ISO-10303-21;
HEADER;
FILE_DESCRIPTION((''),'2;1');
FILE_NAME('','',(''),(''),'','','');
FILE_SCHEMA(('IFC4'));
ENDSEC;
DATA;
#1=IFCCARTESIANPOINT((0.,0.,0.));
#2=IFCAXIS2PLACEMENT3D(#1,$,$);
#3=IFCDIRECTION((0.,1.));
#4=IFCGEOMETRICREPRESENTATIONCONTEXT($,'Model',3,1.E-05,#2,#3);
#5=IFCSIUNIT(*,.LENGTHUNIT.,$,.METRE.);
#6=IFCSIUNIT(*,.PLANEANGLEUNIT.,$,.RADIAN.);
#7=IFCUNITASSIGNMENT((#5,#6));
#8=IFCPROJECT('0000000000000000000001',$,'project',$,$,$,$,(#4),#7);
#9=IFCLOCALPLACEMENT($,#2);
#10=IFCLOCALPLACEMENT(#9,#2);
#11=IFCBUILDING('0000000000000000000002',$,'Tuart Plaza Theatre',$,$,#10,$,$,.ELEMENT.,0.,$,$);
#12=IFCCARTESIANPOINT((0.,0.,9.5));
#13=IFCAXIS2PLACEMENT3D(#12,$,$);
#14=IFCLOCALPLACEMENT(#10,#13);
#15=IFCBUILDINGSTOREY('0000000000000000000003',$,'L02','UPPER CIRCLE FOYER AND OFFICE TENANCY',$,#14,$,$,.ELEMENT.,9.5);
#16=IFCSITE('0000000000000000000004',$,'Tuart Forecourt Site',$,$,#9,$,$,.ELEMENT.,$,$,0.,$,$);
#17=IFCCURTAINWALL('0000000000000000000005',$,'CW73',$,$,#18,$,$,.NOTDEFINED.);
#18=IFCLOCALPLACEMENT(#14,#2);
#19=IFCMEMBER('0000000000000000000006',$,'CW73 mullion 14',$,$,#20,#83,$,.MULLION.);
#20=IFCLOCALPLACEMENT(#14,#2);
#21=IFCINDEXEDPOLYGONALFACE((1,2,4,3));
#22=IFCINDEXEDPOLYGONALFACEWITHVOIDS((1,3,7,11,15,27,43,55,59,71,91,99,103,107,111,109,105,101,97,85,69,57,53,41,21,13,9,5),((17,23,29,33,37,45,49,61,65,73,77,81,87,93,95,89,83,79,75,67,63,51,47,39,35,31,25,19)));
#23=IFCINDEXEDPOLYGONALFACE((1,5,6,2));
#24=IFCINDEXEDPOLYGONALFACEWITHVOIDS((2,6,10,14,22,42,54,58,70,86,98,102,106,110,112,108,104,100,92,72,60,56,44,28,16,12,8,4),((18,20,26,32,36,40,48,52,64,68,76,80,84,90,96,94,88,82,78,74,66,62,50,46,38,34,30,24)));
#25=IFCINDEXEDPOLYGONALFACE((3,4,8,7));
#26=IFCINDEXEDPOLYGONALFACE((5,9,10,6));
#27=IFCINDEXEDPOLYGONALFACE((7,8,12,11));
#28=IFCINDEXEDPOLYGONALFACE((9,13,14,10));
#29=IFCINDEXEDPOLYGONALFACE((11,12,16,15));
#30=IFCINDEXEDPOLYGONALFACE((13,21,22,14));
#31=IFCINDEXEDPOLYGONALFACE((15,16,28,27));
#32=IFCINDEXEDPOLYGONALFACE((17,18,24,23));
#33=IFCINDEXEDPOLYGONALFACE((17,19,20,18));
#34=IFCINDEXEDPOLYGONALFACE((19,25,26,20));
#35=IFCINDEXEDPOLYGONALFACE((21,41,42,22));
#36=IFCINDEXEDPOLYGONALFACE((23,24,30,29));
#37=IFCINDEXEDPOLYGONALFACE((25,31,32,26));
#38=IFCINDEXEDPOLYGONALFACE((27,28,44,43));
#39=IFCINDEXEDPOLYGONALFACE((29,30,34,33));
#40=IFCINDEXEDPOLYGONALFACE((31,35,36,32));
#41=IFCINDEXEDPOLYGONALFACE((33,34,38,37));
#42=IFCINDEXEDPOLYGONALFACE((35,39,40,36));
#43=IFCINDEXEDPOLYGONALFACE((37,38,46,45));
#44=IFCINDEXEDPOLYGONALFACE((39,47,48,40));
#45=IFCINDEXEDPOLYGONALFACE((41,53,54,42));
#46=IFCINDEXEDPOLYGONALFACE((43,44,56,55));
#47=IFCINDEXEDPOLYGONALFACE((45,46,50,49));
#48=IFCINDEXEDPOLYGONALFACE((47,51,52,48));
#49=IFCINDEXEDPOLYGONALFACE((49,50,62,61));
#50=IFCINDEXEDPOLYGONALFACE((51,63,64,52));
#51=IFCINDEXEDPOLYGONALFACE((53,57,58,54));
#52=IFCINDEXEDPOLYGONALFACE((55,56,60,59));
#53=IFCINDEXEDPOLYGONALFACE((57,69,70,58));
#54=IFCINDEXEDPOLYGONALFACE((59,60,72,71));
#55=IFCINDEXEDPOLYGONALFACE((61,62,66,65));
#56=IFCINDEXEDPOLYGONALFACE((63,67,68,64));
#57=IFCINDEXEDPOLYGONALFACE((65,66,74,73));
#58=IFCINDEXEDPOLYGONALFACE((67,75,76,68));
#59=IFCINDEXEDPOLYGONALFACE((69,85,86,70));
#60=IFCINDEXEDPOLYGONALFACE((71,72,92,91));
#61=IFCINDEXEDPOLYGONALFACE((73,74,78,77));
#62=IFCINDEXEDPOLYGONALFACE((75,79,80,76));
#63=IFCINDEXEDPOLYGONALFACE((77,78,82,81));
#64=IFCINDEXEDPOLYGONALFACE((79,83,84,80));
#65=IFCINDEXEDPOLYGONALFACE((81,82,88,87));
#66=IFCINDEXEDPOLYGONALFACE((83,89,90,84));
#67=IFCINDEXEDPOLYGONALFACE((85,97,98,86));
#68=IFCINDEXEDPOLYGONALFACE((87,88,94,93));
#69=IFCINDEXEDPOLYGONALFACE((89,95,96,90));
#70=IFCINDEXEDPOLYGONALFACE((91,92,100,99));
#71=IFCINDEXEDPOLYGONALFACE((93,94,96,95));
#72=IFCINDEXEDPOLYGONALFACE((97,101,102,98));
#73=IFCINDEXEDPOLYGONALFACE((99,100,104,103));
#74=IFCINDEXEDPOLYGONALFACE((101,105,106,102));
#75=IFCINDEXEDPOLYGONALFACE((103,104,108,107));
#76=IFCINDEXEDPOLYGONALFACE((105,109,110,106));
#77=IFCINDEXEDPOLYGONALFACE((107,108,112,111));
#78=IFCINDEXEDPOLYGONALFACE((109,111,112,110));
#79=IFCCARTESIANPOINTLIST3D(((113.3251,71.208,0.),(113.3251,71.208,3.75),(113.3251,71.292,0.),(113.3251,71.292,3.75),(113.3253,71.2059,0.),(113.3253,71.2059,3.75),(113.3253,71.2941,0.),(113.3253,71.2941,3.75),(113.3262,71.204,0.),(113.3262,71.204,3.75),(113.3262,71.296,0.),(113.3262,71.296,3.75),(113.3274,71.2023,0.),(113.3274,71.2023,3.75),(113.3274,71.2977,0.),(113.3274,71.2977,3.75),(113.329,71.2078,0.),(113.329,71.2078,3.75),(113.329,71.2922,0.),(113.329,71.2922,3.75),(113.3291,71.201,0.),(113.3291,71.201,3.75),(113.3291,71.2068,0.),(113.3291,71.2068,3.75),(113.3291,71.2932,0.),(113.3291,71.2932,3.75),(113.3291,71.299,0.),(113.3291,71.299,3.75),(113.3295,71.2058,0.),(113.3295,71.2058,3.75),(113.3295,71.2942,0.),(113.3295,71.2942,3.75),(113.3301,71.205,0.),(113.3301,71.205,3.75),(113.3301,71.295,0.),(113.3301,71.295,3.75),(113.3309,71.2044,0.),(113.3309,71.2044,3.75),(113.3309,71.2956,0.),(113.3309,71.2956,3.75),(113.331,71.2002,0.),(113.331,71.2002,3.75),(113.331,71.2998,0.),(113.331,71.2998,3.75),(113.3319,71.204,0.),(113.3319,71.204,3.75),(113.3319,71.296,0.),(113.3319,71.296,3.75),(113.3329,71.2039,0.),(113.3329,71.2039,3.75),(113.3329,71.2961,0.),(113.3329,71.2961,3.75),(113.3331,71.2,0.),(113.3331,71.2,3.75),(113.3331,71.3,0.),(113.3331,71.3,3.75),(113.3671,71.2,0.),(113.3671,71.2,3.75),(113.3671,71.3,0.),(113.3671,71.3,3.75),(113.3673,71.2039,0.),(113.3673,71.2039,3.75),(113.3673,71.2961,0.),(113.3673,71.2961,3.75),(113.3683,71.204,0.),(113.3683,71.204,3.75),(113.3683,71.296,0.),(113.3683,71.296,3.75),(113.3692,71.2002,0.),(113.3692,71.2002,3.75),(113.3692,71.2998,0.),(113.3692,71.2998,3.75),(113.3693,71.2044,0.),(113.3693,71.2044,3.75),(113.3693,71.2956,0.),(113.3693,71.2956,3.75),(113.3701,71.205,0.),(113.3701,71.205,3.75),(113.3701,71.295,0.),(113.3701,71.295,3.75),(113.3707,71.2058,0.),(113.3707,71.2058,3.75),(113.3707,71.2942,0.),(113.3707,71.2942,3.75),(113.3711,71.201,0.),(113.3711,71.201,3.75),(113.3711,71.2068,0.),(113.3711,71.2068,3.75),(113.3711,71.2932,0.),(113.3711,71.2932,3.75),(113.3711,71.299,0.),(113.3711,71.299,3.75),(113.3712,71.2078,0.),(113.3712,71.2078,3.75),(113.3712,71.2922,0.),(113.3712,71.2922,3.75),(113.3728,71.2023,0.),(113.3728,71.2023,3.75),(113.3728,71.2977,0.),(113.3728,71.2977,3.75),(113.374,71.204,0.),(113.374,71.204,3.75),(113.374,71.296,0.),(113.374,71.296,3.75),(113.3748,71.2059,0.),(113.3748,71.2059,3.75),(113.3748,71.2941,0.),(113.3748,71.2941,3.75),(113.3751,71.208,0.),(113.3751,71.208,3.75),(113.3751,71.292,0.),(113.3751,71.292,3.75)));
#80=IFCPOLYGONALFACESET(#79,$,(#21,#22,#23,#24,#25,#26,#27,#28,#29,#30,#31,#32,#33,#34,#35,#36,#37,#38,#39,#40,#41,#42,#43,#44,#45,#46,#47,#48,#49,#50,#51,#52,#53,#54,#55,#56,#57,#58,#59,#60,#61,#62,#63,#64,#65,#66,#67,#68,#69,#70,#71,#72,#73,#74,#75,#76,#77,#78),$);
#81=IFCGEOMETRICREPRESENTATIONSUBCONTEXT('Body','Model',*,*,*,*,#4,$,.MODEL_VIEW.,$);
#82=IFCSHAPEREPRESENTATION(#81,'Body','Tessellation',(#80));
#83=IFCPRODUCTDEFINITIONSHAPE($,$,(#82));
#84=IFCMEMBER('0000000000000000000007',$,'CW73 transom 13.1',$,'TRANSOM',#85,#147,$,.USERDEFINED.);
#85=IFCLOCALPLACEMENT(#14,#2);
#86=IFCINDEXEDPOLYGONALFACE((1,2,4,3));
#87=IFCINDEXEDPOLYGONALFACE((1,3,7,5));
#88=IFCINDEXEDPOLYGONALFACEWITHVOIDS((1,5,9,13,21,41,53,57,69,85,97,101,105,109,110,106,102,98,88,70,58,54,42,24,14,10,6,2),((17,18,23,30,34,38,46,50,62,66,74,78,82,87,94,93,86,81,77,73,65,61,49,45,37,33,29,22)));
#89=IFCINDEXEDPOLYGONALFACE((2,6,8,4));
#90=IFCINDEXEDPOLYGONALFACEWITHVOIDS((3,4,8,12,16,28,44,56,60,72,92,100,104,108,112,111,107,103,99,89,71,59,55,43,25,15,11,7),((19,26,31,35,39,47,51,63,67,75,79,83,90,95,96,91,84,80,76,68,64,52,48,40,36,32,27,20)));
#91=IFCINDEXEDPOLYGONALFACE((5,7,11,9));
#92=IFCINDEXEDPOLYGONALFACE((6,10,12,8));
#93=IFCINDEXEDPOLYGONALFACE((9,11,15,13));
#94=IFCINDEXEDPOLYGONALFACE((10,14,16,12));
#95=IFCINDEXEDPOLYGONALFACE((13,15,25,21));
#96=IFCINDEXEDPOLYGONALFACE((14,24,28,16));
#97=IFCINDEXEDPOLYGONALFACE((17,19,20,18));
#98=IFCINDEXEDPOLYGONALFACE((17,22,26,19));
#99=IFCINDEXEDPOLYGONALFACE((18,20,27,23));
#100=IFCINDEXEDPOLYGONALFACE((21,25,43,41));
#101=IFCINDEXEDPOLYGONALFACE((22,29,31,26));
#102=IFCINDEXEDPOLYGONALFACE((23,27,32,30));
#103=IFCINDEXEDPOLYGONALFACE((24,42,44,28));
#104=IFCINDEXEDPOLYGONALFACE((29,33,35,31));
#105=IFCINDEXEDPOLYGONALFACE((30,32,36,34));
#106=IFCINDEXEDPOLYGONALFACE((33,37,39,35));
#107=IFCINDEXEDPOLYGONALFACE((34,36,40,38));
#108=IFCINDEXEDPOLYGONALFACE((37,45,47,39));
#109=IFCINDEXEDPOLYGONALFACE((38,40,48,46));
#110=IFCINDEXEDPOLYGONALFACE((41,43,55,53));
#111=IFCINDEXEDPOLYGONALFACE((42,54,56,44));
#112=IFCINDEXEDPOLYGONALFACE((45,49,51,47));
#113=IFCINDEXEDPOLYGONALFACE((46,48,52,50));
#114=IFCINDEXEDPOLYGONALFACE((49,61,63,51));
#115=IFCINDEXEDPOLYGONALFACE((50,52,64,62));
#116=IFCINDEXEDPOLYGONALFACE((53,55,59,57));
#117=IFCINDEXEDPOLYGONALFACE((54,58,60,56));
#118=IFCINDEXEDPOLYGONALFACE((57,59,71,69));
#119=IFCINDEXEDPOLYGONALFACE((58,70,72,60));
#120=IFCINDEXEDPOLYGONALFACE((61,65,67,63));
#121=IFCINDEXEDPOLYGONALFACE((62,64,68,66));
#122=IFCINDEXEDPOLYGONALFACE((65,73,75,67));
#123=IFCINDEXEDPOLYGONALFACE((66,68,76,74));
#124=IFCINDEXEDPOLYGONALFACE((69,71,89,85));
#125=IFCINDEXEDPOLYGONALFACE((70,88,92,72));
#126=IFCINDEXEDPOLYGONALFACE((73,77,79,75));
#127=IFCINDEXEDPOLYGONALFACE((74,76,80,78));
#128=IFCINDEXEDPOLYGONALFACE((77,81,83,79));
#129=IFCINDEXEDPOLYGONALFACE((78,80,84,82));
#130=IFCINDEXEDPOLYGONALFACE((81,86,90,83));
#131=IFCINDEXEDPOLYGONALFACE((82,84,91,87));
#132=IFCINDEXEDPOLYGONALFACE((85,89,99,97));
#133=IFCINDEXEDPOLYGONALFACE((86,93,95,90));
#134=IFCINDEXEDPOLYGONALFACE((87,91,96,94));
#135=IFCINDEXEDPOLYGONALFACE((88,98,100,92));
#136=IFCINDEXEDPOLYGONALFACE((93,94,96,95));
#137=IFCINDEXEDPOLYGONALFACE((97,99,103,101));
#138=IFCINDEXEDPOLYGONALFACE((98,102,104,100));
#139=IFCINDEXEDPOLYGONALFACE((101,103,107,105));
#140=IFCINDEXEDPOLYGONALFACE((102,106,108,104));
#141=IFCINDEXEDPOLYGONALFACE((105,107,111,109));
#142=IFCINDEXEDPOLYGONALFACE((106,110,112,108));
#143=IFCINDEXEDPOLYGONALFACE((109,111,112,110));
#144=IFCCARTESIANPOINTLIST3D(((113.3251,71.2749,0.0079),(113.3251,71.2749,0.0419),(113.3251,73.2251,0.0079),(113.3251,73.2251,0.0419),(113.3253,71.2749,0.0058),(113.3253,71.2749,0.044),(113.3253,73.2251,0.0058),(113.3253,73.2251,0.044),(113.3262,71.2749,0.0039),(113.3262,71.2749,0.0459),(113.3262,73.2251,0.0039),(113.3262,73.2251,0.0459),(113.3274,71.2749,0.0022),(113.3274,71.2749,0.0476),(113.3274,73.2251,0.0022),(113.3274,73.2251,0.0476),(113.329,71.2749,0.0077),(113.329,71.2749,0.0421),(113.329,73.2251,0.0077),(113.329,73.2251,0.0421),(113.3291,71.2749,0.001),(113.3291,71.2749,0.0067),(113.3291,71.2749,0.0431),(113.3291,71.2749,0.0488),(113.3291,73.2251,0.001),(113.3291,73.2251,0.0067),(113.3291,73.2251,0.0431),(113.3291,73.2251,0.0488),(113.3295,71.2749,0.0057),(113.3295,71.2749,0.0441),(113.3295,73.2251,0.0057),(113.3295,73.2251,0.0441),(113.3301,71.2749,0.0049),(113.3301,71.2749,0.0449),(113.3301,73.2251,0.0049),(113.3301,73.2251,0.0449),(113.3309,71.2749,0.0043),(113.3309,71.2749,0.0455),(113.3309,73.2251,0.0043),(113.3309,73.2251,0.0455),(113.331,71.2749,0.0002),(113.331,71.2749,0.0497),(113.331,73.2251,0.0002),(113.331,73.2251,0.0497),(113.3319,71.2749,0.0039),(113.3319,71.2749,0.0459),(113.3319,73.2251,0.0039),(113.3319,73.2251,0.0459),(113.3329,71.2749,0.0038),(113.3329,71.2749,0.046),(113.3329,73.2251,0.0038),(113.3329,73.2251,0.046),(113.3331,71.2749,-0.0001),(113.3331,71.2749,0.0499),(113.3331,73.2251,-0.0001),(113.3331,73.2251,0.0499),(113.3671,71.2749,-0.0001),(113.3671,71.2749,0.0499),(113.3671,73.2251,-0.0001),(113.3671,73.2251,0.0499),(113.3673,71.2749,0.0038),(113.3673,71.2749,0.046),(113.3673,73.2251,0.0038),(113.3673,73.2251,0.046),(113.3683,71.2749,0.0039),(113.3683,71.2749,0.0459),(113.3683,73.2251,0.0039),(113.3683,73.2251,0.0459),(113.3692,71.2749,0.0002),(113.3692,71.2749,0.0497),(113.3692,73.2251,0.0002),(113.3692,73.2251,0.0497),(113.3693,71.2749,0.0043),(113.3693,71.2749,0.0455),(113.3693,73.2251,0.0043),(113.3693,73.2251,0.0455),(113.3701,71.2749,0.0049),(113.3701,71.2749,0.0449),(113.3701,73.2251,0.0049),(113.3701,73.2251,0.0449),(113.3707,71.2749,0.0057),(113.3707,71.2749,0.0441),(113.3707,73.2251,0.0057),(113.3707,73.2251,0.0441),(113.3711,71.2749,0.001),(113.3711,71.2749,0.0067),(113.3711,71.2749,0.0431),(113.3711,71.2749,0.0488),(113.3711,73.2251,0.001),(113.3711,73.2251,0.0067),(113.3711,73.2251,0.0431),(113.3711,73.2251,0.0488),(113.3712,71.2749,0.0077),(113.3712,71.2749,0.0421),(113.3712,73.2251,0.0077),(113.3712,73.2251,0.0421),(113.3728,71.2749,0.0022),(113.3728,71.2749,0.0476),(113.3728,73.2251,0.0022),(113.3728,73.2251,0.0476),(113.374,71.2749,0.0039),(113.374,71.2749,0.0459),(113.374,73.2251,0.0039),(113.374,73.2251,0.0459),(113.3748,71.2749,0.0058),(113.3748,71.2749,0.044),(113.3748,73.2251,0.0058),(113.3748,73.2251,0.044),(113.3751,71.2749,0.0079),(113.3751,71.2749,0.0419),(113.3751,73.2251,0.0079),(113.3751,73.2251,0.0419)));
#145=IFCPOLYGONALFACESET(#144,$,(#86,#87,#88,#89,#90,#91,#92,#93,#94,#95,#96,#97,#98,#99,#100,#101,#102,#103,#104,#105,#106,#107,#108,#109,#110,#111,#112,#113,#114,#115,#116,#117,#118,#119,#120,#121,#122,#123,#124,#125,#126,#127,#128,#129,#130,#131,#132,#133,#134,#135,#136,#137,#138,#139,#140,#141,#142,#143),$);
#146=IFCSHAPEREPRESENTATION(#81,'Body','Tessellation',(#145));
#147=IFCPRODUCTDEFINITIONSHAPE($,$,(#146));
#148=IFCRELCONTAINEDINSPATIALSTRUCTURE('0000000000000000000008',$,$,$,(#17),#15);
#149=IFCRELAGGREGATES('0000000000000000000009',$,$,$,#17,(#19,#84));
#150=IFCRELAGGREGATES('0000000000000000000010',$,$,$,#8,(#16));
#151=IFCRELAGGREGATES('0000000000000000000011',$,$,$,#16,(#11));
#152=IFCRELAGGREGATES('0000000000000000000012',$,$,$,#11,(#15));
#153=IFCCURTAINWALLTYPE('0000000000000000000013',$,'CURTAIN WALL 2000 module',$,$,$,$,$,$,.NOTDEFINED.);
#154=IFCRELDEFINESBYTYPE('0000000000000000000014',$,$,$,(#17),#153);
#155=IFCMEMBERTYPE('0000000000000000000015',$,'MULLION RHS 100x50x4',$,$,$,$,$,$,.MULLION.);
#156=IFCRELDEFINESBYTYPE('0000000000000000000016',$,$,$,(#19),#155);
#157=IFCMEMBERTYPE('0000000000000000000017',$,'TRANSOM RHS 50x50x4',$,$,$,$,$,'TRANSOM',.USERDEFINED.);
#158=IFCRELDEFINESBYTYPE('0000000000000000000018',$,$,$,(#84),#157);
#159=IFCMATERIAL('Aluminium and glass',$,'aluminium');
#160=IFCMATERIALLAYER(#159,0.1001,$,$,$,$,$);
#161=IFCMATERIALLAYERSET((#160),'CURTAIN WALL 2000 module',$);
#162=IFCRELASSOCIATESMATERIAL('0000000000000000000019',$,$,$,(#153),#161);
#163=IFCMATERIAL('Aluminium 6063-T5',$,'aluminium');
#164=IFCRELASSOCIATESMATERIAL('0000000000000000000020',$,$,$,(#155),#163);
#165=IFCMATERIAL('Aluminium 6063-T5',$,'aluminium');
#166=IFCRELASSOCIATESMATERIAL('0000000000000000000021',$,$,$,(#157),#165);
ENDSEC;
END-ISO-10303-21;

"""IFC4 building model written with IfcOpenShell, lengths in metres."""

from ifc_helpers import new_model, si_unit, direction, frame, origin, origin_2d, place, context, subcontext, project, spatial, hollow_rectangle, extrude, material, layer, layer_set, material_profile, profile_set, type_object, element, aggregate, save


model = new_model("IFC4")

# Units and contexts
model_context = context("Model", 3, precision=1e-05, world=origin(), true_north=direction((0.0, 1.0)))
body_context = subcontext(model_context, "Body", "Model", "MODEL_VIEW")
ifc_project = project(units=[si_unit("LENGTHUNIT", "METRE"), si_unit("PLANEANGLEUNIT", "RADIAN")], contexts=[model_context])

# Site, building, storey
site_placement = place(None, origin())
site = spatial("IfcSite", under=ifc_project, at=site_placement, Name="Tuart Forecourt Site", CompositionType="ELEMENT", RefElevation=0.0)
building_placement = place(site_placement, origin())
building = spatial("IfcBuilding", under=site, at=building_placement, Name="Tuart Plaza Theatre", CompositionType="ELEMENT", ElevationOfRefHeight=0.0)
storey_placement = place(building_placement, frame((0.0, 0.0, 9.5)))
storey = spatial("IfcBuildingStorey", under=building, at=storey_placement, Name="L02", Description="UPPER CIRCLE FOYER AND OFFICE TENANCY", CompositionType="ELEMENT", Elevation=9.5)

# Curtain wall, members
ifc_material_1 = material(Name="Aluminium and glass", Category="aluminium")
ifc_layer_1 = layer(ifc_material_1, 0.1001)
ifc_layer_set_1 = layer_set([ifc_layer_1], Name="CURTAIN WALL 2000 module")
curtain_wall_type = type_object("IfcCurtainWallType", Name="CURTAIN WALL 2000 module", PredefinedType="NOTDEFINED", material=ifc_layer_set_1)
curtain_wall_placement = place(storey_placement, origin())
curtain_wall = element("IfcCurtainWall", 1, at=curtain_wall_placement, inside=storey, type_object=curtain_wall_type, Name="CW73", PredefinedType="NOTDEFINED")
ifc_material_2 = material(Name="Aluminium 6063-T5", Category="aluminium")
ifc_material_profile_1 = material_profile(ifc_material_2, hollow_rectangle(XDim=0.05, YDim=0.1001, WallThickness=0.0039, InnerFilletRadius=0.0039, OuterFilletRadius=0.0081, at=origin_2d()), Name="RHS 100x50x4")
ifc_profile_set_1 = profile_set([ifc_material_profile_1], Name="Aluminium 6063-T5")
member_type_1 = type_object("IfcMemberType", Name="MULLION RHS 100x50x4", PredefinedType="MULLION", material=ifc_profile_set_1)
member_1_placement = place(storey_placement, frame((113.3501, 71.25, 0.0), z_axis=(0.0, 0.0, 1.0), x_axis=(1.0, 0.0, 0.0)))
member_1 = element("IfcMember", 2, at=member_1_placement, type_object=member_type_1, Name="CW73 mullion 14", PredefinedType="MULLION", context=body_context, shape_type="SweptSolid", body=[
    extrude(hollow_rectangle(XDim=0.05, YDim=0.1001, WallThickness=0.0039, InnerFilletRadius=0.0039, OuterFilletRadius=0.0081, at=origin_2d()), origin(), (0.0, 0.0, 1.0), 3.75),
])
ifc_material_3 = material(Name="Aluminium 6063-T5", Category="aluminium")
ifc_material_profile_2 = material_profile(ifc_material_3, hollow_rectangle(XDim=0.05, YDim=0.05, WallThickness=0.0039, InnerFilletRadius=0.0039, OuterFilletRadius=0.0081, at=origin_2d()), Name="RHS 50x50x4")
ifc_profile_set_2 = profile_set([ifc_material_profile_2], Name="Aluminium 6063-T5")
member_type_2 = type_object("IfcMemberType", Name="TRANSOM RHS 50x50x4", ElementType="TRANSOM", PredefinedType="USERDEFINED", material=ifc_profile_set_2)
member_2_placement = place(storey_placement, frame((113.3501, 73.2251, 0.0249), z_axis=(0.0, -1.0, 0.0), x_axis=(1.0, 0.0, 0.0)))
member_2 = element("IfcMember", 3, at=member_2_placement, type_object=member_type_2, Name="CW73 transom 13.1", ObjectType="TRANSOM", PredefinedType="USERDEFINED", context=body_context, shape_type="SweptSolid", body=[
    extrude(hollow_rectangle(XDim=0.05, YDim=0.05, WallThickness=0.0039, InnerFilletRadius=0.0039, OuterFilletRadius=0.0081, at=origin_2d()), origin(), (0.0, 0.0, 1.0), 1.9502),
])
aggregate(curtain_wall, [member_1, member_2])

save(model, "model.ifc")
